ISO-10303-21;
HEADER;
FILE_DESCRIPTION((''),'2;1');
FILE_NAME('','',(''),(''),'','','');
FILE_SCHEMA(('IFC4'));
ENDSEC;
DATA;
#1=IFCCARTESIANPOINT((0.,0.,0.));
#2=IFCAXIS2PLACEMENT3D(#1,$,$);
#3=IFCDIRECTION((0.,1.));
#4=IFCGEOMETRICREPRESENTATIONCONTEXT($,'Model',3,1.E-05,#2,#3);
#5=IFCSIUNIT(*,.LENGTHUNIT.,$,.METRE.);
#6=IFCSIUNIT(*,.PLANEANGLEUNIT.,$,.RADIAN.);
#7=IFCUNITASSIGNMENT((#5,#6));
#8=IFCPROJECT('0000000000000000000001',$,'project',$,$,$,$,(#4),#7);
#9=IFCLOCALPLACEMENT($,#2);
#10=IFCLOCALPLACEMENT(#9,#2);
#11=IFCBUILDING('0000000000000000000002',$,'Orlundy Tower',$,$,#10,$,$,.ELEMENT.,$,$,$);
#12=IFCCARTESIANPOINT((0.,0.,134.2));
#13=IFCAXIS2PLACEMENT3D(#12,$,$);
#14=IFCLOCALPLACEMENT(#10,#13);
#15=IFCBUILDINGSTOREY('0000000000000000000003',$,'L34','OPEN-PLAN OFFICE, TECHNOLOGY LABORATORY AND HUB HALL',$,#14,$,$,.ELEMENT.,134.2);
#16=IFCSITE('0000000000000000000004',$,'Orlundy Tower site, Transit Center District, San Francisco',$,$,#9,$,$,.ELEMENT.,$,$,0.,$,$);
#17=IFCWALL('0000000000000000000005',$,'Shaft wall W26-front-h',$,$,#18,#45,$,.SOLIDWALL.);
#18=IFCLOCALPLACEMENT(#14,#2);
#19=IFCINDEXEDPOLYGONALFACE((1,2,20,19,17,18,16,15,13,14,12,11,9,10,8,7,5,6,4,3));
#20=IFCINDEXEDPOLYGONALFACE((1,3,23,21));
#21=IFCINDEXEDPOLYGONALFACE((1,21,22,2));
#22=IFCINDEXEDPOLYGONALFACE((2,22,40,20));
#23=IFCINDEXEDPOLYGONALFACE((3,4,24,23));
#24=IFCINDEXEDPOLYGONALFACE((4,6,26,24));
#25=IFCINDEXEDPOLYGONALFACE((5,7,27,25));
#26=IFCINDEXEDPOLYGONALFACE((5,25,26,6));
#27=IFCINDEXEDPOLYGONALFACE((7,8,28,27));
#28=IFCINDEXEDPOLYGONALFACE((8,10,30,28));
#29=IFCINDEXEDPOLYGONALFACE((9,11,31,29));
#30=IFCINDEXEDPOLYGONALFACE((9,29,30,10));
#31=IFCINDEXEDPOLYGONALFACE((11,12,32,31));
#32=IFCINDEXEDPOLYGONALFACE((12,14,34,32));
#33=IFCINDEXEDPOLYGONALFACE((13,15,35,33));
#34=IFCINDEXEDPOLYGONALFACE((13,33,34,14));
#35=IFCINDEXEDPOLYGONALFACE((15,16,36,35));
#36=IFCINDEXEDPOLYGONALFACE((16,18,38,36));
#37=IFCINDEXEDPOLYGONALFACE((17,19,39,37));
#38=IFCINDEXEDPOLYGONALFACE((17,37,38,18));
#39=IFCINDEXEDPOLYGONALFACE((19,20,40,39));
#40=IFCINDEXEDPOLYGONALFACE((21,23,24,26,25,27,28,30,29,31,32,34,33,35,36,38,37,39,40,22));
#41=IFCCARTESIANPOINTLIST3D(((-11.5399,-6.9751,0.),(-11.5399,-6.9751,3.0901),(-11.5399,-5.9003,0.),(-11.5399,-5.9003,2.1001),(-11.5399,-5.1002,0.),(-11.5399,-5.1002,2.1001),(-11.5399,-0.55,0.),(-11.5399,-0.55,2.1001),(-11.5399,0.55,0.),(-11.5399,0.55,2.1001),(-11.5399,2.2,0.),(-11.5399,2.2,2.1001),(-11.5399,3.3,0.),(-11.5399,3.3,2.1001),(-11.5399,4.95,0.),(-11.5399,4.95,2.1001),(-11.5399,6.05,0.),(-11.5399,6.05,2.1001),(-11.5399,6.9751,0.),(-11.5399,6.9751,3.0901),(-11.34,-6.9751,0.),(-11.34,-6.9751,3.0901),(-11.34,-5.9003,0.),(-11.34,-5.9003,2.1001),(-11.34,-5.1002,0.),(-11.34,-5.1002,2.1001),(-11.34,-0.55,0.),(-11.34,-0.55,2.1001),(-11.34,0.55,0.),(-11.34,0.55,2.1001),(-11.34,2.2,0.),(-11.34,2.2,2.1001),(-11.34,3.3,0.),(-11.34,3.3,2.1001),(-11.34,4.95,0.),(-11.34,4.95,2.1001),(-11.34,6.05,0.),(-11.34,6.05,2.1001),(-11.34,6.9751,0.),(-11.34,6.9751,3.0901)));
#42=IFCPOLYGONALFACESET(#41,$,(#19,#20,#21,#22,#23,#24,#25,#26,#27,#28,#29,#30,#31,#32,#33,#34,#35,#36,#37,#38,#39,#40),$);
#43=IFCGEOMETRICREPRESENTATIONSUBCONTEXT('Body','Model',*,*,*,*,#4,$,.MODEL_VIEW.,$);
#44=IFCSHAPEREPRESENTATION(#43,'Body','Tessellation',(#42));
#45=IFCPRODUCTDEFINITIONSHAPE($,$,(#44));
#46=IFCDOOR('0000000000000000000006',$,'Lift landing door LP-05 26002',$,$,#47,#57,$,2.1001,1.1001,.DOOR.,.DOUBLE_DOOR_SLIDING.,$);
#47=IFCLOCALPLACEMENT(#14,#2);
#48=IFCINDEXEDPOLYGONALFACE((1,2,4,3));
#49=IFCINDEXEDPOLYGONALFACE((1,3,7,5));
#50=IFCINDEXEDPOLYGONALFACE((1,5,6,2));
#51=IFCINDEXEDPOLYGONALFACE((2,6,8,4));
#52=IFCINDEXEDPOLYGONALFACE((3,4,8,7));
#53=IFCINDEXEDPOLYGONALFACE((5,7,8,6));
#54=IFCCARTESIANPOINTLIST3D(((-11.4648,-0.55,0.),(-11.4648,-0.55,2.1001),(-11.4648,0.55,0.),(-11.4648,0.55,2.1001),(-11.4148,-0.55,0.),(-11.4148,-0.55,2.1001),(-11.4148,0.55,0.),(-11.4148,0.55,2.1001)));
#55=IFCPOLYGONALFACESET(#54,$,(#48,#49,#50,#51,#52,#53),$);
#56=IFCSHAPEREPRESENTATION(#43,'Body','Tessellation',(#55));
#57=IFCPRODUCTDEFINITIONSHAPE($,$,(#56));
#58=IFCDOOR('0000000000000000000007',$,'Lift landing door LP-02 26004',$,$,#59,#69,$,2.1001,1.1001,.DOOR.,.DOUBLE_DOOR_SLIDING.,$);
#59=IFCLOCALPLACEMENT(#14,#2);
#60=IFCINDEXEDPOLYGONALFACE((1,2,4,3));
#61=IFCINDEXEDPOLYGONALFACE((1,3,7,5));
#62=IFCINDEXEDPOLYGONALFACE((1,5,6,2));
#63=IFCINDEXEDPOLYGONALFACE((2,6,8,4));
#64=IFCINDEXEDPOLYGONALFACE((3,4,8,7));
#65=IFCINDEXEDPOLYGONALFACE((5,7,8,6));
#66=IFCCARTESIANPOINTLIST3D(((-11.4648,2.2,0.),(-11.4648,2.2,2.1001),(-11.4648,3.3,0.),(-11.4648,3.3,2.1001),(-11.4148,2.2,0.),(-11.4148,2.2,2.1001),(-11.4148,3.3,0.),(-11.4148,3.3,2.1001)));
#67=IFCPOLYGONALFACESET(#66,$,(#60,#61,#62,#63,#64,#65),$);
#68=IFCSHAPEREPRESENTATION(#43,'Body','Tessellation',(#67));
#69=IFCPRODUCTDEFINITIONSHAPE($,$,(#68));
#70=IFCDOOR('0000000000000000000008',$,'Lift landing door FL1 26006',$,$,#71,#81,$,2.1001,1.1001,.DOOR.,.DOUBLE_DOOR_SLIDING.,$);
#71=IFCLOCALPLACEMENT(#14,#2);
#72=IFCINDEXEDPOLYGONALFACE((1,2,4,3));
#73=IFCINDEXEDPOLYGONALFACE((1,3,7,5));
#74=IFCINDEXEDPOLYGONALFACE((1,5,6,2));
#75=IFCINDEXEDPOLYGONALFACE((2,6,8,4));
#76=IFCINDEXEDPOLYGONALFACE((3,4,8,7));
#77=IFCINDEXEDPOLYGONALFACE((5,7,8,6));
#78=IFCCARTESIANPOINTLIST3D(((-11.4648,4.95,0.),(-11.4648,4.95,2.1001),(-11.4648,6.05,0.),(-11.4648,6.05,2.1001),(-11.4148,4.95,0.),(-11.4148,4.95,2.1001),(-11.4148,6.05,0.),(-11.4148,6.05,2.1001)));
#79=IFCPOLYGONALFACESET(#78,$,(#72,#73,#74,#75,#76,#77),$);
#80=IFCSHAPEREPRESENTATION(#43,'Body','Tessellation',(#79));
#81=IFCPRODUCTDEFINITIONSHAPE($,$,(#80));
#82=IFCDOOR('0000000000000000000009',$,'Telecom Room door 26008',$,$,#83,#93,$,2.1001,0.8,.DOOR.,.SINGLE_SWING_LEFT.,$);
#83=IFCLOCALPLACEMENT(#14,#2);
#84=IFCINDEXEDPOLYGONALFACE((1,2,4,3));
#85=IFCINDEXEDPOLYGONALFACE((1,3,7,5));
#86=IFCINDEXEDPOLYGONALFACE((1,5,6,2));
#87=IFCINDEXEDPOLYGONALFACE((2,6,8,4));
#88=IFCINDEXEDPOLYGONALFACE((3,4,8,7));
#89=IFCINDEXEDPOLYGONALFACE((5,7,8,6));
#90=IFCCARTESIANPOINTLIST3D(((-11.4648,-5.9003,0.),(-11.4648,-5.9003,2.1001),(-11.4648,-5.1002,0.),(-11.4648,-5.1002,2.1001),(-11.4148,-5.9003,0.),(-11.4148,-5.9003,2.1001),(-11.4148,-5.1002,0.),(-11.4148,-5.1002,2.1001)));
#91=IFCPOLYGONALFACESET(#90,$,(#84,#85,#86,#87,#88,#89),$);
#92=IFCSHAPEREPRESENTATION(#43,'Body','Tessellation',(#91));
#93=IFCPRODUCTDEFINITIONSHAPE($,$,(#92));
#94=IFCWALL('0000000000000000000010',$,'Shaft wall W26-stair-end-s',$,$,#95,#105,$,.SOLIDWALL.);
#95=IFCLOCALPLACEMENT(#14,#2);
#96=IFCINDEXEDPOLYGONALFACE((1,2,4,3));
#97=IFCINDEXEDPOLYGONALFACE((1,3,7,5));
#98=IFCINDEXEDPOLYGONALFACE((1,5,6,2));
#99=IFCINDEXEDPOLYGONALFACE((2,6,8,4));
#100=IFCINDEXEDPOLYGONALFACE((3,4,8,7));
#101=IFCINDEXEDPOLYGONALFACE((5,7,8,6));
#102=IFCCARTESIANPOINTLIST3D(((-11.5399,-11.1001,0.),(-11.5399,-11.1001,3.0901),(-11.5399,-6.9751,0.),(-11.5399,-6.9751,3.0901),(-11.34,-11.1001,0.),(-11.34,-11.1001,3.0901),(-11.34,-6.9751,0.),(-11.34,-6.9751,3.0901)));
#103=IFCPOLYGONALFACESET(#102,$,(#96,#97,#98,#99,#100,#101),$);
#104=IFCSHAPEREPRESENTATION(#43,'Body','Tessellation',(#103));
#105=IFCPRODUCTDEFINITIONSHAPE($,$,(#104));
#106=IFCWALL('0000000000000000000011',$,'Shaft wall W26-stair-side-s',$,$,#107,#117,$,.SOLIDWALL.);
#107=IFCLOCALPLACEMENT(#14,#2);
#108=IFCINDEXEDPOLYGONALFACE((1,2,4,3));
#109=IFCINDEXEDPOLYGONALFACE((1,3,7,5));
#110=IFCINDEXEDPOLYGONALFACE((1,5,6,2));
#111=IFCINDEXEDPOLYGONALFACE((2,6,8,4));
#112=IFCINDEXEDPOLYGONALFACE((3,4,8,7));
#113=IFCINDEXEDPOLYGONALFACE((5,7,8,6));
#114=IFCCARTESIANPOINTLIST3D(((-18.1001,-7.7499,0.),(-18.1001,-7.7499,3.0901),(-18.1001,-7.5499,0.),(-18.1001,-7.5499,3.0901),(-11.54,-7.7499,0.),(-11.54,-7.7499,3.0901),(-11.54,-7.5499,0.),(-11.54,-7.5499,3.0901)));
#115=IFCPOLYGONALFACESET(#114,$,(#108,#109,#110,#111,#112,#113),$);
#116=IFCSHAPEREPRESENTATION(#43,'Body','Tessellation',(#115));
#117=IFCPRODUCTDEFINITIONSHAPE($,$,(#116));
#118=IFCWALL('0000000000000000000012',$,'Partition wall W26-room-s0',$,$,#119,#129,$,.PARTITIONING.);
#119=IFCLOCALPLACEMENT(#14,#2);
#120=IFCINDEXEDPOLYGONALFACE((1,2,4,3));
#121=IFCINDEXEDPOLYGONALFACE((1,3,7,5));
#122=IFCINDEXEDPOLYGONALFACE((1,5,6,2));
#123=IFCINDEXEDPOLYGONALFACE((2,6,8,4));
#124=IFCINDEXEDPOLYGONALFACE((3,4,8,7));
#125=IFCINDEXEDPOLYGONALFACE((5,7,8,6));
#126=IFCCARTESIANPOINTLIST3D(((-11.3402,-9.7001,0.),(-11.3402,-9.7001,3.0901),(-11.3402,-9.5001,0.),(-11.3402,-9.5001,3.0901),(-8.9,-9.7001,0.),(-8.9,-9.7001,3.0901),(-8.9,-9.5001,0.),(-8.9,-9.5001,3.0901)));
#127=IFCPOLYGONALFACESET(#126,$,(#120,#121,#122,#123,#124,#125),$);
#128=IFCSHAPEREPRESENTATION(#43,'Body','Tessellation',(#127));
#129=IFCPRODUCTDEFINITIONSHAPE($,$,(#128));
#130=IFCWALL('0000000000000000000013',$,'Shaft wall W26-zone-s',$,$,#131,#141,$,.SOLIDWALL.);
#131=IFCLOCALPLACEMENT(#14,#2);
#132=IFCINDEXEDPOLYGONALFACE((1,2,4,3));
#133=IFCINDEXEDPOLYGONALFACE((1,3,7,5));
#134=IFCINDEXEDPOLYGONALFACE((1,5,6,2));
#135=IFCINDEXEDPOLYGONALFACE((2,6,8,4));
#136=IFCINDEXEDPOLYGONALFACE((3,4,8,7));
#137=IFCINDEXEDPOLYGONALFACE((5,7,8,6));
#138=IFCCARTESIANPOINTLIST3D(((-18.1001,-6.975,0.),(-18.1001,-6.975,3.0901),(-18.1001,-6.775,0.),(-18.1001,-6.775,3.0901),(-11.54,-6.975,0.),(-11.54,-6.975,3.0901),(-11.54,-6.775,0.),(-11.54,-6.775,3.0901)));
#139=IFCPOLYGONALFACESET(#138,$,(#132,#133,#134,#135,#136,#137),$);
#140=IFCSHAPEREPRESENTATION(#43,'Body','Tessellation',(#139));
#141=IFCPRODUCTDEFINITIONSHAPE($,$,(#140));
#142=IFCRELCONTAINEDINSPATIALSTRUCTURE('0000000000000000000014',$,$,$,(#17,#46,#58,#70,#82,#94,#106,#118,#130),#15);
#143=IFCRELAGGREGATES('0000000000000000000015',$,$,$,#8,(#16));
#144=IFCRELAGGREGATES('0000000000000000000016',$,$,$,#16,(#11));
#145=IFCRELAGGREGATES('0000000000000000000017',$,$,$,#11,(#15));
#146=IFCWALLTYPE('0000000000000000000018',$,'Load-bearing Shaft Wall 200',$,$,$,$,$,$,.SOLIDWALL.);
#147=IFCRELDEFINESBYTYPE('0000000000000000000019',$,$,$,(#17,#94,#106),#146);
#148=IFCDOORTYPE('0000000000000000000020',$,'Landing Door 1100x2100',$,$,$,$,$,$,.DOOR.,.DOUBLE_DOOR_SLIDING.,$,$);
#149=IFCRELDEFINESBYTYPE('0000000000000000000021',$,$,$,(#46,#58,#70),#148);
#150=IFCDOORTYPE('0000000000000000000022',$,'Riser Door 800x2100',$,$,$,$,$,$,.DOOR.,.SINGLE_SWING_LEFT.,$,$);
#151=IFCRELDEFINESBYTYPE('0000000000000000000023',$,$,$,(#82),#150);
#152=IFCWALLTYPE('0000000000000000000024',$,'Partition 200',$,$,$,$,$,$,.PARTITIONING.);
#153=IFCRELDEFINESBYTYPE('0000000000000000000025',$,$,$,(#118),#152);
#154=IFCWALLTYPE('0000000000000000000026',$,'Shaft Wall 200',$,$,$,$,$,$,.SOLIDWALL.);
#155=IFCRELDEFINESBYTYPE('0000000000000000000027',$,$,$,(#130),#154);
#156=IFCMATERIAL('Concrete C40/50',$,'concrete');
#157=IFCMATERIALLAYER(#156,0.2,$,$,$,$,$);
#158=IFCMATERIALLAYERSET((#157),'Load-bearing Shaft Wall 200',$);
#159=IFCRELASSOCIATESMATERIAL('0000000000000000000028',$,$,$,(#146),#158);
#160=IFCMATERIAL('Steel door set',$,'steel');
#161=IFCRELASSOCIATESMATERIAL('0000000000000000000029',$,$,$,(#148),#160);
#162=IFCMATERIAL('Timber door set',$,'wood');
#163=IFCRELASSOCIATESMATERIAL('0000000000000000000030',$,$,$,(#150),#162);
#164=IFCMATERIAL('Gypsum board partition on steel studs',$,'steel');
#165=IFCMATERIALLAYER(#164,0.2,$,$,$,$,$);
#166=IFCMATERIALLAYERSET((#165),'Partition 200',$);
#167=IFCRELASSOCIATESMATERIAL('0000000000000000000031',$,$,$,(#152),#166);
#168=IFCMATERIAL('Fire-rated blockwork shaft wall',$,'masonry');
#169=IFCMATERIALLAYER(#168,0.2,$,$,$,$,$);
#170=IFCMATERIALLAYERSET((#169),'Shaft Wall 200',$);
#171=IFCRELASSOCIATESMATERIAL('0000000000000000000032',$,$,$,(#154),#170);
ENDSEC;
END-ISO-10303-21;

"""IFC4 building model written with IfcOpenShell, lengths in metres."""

from ifc_helpers import new_model, si_unit, direction, frame, frame_2d, origin, place, context, subcontext, project, spatial, rectangle, extrude, material, layer, layer_set, type_object, element, fill, save


model = new_model("IFC4")

# Units and contexts
model_context = context("Model", 3, precision=1e-05, world=origin(), true_north=direction((0.0, 1.0)))
body_context = subcontext(model_context, "Body", "Model", "MODEL_VIEW")
ifc_project = project(units=[si_unit("LENGTHUNIT", "METRE"), si_unit("PLANEANGLEUNIT", "RADIAN")], contexts=[model_context])

# Site, building, storey
site_placement = place(None, origin())
site = spatial("IfcSite", under=ifc_project, at=site_placement, Name="Orlundy Tower site, Transit Center District, San Francisco", CompositionType="ELEMENT", RefElevation=0.0)
building_placement = place(site_placement, origin())
building = spatial("IfcBuilding", under=site, at=building_placement, Name="Orlundy Tower", CompositionType="ELEMENT")
storey_placement = place(building_placement, frame((0.0, 0.0, 134.2)))
storey = spatial("IfcBuildingStorey", under=building, at=storey_placement, Name="L34", Description="OPEN-PLAN OFFICE, TECHNOLOGY LABORATORY AND HUB HALL", CompositionType="ELEMENT", Elevation=134.2)

# Wall, openings, doors
ifc_material_1 = material(Name="Concrete C40/50", Category="concrete")
ifc_layer_1 = layer(ifc_material_1, 0.2)
ifc_layer_set_1 = layer_set([ifc_layer_1], Name="Load-bearing Shaft Wall 200")
wall_type_1 = type_object("IfcWallType", Name="Load-bearing Shaft Wall 200", PredefinedType="SOLIDWALL", material=ifc_layer_set_1)
wall_1_placement = place(storey_placement, frame((-11.4399, -6.9751, 0.0), z_axis=(0.0, 0.0, 1.0), x_axis=(0.0, 1.0, 0.0)))
wall_1 = element("IfcWall", 1, at=wall_1_placement, inside=storey, type_object=wall_type_1, Name="Shaft wall W26-front-h", PredefinedType="SOLIDWALL", context=body_context, shape_type="SweptSolid", body=[
    extrude(rectangle(XDim=13.9502, YDim=0.2, at=frame_2d((6.9751, 0.0))), origin(), (0.0, 0.0, 1.0), 3.0901),
])
opening_1_placement = place(wall_1_placement, frame((6.425, 0.0, 0.0)))
opening_1 = element("IfcOpeningElement", 2, at=opening_1_placement, cuts=wall_1, PredefinedType="OPENING", context=body_context, shape_type="SweptSolid", body=[
    extrude(rectangle(XDim=1.1001, YDim=2.1001, at=frame_2d((0.55, 1.05))), frame((0.0, 0.1101, 0.0), z_axis=(0.0, -1.0, 0.0), x_axis=(1.0, 0.0, 0.0)), (0.0, 0.0, 1.0), 0.2202),
])
opening_2_placement = place(wall_1_placement, frame((9.175, 0.0, 0.0)))
opening_2 = element("IfcOpeningElement", 3, at=opening_2_placement, cuts=wall_1, PredefinedType="OPENING", context=body_context, shape_type="SweptSolid", body=[
    extrude(rectangle(XDim=1.1001, YDim=2.1001, at=frame_2d((0.55, 1.05))), frame((0.0, 0.1101, 0.0), z_axis=(0.0, -1.0, 0.0), x_axis=(1.0, 0.0, 0.0)), (0.0, 0.0, 1.0), 0.2202),
])
opening_3_placement = place(wall_1_placement, frame((11.925, 0.0, 0.0)))
opening_3 = element("IfcOpeningElement", 4, at=opening_3_placement, cuts=wall_1, PredefinedType="OPENING", context=body_context, shape_type="SweptSolid", body=[
    extrude(rectangle(XDim=1.1001, YDim=2.1001, at=frame_2d((0.55, 1.05))), frame((0.0, 0.1101, 0.0), z_axis=(0.0, -1.0, 0.0), x_axis=(1.0, 0.0, 0.0)), (0.0, 0.0, 1.0), 0.2202),
])
opening_4_placement = place(wall_1_placement, frame((1.075, 0.0, 0.0)))
opening_4 = element("IfcOpeningElement", 5, at=opening_4_placement, cuts=wall_1, PredefinedType="OPENING", context=body_context, shape_type="SweptSolid", body=[
    extrude(rectangle(XDim=0.8, YDim=2.1001, at=frame_2d((0.3999, 1.05))), frame((0.0, 0.1101, 0.0), z_axis=(0.0, -1.0, 0.0), x_axis=(1.0, 0.0, 0.0)), (0.0, 0.0, 1.0), 0.2202),
])
ifc_material_2 = material(Name="Steel door set", Category="steel")
door_type_1 = type_object("IfcDoorType", Name="Landing Door 1100x2100", OperationType="DOUBLE_DOOR_SLIDING", PredefinedType="DOOR", material=ifc_material_2)
door_1_placement = place(opening_1_placement, origin())
door_1 = element("IfcDoor", 6, at=door_1_placement, inside=storey, type_object=door_type_1, Name="Lift landing door LP-05 26002", OperationType="DOUBLE_DOOR_SLIDING", OverallHeight=2.1001, OverallWidth=1.1001, PredefinedType="DOOR", context=body_context, shape_type="SweptSolid", body=[
    extrude(rectangle(XDim=1.1001, YDim=2.1001, at=frame_2d((0.55, 1.05))), frame((0.0, 0.0249, 0.0), z_axis=(0.0, -1.0, 0.0), x_axis=(1.0, 0.0, 0.0)), (0.0, 0.0, 1.0), 0.05),
])
fill(opening_1, door_1)
door_2_placement = place(opening_2_placement, origin())
door_2 = element("IfcDoor", 7, at=door_2_placement, inside=storey, type_object=door_type_1, Name="Lift landing door LP-02 26004", OperationType="DOUBLE_DOOR_SLIDING", OverallHeight=2.1001, OverallWidth=1.1001, PredefinedType="DOOR", context=body_context, shape_type="SweptSolid", body=[
    extrude(rectangle(XDim=1.1001, YDim=2.1001, at=frame_2d((0.55, 1.05))), frame((0.0, 0.0249, 0.0), z_axis=(0.0, -1.0, 0.0), x_axis=(1.0, 0.0, 0.0)), (0.0, 0.0, 1.0), 0.05),
])
fill(opening_2, door_2)
door_3_placement = place(opening_3_placement, origin())
door_3 = element("IfcDoor", 8, at=door_3_placement, inside=storey, type_object=door_type_1, Name="Lift landing door FL1 26006", OperationType="DOUBLE_DOOR_SLIDING", OverallHeight=2.1001, OverallWidth=1.1001, PredefinedType="DOOR", context=body_context, shape_type="SweptSolid", body=[
    extrude(rectangle(XDim=1.1001, YDim=2.1001, at=frame_2d((0.55, 1.05))), frame((0.0, 0.0249, 0.0), z_axis=(0.0, -1.0, 0.0), x_axis=(1.0, 0.0, 0.0)), (0.0, 0.0, 1.0), 0.05),
])
fill(opening_3, door_3)
ifc_material_3 = material(Name="Timber door set", Category="wood")
door_type_2 = type_object("IfcDoorType", Name="Riser Door 800x2100", OperationType="SINGLE_SWING_LEFT", PredefinedType="DOOR", material=ifc_material_3)
door_4_placement = place(opening_4_placement, origin())
door_4 = element("IfcDoor", 9, at=door_4_placement, inside=storey, type_object=door_type_2, Name="Telecom Room door 26008", OperationType="SINGLE_SWING_LEFT", OverallHeight=2.1001, OverallWidth=0.8, PredefinedType="DOOR", context=body_context, shape_type="SweptSolid", body=[
    extrude(rectangle(XDim=0.8, YDim=2.1001, at=frame_2d((0.3999, 1.05))), frame((0.0, 0.0249, 0.0), z_axis=(0.0, -1.0, 0.0), x_axis=(1.0, 0.0, 0.0)), (0.0, 0.0, 1.0), 0.05),
])
fill(opening_4, door_4)

# Walls
wall_2_placement = place(storey_placement, frame((-11.4399, -11.1001, 0.0), z_axis=(0.0, 0.0, 1.0), x_axis=(0.0, 1.0, 0.0)))
element("IfcWall", 10, at=wall_2_placement, inside=storey, type_object=wall_type_1, Name="Shaft wall W26-stair-end-s", PredefinedType="SOLIDWALL", context=body_context, shape_type="SweptSolid", body=[
    extrude(rectangle(XDim=4.125, YDim=0.2, at=frame_2d((2.0625, 0.0))), origin(), (0.0, 0.0, 1.0), 3.0901),
])
wall_3_placement = place(storey_placement, frame((-11.54, -7.6499, 0.0), z_axis=(0.0, 0.0, 1.0), x_axis=(-1.0, 0.0, 0.0)))
element("IfcWall", 11, at=wall_3_placement, inside=storey, type_object=wall_type_1, Name="Shaft wall W26-stair-side-s", PredefinedType="SOLIDWALL", context=body_context, shape_type="SweptSolid", body=[
    extrude(rectangle(XDim=6.5601, YDim=0.2, at=frame_2d((3.28, 0.0))), origin(), (0.0, 0.0, 1.0), 3.0901),
])
ifc_material_4 = material(Name="Gypsum board partition on steel studs", Category="steel")
ifc_layer_2 = layer(ifc_material_4, 0.2)
ifc_layer_set_2 = layer_set([ifc_layer_2], Name="Partition 200")
wall_type_2 = type_object("IfcWallType", Name="Partition 200", PredefinedType="PARTITIONING", material=ifc_layer_set_2)
wall_4_placement = place(storey_placement, frame((-8.8999, -9.6001, 0.0), z_axis=(0.0, 0.0, 1.0), x_axis=(-1.0, 0.0, 0.0)))
element("IfcWall", 12, at=wall_4_placement, inside=storey, type_object=wall_type_2, Name="Partition wall W26-room-s0", PredefinedType="PARTITIONING", context=body_context, shape_type="SweptSolid", body=[
    extrude(rectangle(XDim=2.4402, YDim=0.2, at=frame_2d((1.2202, 0.0))), origin(), (0.0, 0.0, 1.0), 3.0901),
])
ifc_material_5 = material(Name="Fire-rated blockwork shaft wall", Category="masonry")
ifc_layer_3 = layer(ifc_material_5, 0.2)
ifc_layer_set_3 = layer_set([ifc_layer_3], Name="Shaft Wall 200")
wall_type_3 = type_object("IfcWallType", Name="Shaft Wall 200", PredefinedType="SOLIDWALL", material=ifc_layer_set_3)
wall_5_placement = place(storey_placement, frame((-11.54, -6.875, 0.0), z_axis=(0.0, 0.0, 1.0), x_axis=(-1.0, 0.0, 0.0)))
element("IfcWall", 13, at=wall_5_placement, inside=storey, type_object=wall_type_3, Name="Shaft wall W26-zone-s", PredefinedType="SOLIDWALL", context=body_context, shape_type="SweptSolid", body=[
    extrude(rectangle(XDim=6.5601, YDim=0.2, at=frame_2d((3.28, 0.0))), origin(), (0.0, 0.0, 1.0), 3.0901),
])

save(model, "model.ifc")
